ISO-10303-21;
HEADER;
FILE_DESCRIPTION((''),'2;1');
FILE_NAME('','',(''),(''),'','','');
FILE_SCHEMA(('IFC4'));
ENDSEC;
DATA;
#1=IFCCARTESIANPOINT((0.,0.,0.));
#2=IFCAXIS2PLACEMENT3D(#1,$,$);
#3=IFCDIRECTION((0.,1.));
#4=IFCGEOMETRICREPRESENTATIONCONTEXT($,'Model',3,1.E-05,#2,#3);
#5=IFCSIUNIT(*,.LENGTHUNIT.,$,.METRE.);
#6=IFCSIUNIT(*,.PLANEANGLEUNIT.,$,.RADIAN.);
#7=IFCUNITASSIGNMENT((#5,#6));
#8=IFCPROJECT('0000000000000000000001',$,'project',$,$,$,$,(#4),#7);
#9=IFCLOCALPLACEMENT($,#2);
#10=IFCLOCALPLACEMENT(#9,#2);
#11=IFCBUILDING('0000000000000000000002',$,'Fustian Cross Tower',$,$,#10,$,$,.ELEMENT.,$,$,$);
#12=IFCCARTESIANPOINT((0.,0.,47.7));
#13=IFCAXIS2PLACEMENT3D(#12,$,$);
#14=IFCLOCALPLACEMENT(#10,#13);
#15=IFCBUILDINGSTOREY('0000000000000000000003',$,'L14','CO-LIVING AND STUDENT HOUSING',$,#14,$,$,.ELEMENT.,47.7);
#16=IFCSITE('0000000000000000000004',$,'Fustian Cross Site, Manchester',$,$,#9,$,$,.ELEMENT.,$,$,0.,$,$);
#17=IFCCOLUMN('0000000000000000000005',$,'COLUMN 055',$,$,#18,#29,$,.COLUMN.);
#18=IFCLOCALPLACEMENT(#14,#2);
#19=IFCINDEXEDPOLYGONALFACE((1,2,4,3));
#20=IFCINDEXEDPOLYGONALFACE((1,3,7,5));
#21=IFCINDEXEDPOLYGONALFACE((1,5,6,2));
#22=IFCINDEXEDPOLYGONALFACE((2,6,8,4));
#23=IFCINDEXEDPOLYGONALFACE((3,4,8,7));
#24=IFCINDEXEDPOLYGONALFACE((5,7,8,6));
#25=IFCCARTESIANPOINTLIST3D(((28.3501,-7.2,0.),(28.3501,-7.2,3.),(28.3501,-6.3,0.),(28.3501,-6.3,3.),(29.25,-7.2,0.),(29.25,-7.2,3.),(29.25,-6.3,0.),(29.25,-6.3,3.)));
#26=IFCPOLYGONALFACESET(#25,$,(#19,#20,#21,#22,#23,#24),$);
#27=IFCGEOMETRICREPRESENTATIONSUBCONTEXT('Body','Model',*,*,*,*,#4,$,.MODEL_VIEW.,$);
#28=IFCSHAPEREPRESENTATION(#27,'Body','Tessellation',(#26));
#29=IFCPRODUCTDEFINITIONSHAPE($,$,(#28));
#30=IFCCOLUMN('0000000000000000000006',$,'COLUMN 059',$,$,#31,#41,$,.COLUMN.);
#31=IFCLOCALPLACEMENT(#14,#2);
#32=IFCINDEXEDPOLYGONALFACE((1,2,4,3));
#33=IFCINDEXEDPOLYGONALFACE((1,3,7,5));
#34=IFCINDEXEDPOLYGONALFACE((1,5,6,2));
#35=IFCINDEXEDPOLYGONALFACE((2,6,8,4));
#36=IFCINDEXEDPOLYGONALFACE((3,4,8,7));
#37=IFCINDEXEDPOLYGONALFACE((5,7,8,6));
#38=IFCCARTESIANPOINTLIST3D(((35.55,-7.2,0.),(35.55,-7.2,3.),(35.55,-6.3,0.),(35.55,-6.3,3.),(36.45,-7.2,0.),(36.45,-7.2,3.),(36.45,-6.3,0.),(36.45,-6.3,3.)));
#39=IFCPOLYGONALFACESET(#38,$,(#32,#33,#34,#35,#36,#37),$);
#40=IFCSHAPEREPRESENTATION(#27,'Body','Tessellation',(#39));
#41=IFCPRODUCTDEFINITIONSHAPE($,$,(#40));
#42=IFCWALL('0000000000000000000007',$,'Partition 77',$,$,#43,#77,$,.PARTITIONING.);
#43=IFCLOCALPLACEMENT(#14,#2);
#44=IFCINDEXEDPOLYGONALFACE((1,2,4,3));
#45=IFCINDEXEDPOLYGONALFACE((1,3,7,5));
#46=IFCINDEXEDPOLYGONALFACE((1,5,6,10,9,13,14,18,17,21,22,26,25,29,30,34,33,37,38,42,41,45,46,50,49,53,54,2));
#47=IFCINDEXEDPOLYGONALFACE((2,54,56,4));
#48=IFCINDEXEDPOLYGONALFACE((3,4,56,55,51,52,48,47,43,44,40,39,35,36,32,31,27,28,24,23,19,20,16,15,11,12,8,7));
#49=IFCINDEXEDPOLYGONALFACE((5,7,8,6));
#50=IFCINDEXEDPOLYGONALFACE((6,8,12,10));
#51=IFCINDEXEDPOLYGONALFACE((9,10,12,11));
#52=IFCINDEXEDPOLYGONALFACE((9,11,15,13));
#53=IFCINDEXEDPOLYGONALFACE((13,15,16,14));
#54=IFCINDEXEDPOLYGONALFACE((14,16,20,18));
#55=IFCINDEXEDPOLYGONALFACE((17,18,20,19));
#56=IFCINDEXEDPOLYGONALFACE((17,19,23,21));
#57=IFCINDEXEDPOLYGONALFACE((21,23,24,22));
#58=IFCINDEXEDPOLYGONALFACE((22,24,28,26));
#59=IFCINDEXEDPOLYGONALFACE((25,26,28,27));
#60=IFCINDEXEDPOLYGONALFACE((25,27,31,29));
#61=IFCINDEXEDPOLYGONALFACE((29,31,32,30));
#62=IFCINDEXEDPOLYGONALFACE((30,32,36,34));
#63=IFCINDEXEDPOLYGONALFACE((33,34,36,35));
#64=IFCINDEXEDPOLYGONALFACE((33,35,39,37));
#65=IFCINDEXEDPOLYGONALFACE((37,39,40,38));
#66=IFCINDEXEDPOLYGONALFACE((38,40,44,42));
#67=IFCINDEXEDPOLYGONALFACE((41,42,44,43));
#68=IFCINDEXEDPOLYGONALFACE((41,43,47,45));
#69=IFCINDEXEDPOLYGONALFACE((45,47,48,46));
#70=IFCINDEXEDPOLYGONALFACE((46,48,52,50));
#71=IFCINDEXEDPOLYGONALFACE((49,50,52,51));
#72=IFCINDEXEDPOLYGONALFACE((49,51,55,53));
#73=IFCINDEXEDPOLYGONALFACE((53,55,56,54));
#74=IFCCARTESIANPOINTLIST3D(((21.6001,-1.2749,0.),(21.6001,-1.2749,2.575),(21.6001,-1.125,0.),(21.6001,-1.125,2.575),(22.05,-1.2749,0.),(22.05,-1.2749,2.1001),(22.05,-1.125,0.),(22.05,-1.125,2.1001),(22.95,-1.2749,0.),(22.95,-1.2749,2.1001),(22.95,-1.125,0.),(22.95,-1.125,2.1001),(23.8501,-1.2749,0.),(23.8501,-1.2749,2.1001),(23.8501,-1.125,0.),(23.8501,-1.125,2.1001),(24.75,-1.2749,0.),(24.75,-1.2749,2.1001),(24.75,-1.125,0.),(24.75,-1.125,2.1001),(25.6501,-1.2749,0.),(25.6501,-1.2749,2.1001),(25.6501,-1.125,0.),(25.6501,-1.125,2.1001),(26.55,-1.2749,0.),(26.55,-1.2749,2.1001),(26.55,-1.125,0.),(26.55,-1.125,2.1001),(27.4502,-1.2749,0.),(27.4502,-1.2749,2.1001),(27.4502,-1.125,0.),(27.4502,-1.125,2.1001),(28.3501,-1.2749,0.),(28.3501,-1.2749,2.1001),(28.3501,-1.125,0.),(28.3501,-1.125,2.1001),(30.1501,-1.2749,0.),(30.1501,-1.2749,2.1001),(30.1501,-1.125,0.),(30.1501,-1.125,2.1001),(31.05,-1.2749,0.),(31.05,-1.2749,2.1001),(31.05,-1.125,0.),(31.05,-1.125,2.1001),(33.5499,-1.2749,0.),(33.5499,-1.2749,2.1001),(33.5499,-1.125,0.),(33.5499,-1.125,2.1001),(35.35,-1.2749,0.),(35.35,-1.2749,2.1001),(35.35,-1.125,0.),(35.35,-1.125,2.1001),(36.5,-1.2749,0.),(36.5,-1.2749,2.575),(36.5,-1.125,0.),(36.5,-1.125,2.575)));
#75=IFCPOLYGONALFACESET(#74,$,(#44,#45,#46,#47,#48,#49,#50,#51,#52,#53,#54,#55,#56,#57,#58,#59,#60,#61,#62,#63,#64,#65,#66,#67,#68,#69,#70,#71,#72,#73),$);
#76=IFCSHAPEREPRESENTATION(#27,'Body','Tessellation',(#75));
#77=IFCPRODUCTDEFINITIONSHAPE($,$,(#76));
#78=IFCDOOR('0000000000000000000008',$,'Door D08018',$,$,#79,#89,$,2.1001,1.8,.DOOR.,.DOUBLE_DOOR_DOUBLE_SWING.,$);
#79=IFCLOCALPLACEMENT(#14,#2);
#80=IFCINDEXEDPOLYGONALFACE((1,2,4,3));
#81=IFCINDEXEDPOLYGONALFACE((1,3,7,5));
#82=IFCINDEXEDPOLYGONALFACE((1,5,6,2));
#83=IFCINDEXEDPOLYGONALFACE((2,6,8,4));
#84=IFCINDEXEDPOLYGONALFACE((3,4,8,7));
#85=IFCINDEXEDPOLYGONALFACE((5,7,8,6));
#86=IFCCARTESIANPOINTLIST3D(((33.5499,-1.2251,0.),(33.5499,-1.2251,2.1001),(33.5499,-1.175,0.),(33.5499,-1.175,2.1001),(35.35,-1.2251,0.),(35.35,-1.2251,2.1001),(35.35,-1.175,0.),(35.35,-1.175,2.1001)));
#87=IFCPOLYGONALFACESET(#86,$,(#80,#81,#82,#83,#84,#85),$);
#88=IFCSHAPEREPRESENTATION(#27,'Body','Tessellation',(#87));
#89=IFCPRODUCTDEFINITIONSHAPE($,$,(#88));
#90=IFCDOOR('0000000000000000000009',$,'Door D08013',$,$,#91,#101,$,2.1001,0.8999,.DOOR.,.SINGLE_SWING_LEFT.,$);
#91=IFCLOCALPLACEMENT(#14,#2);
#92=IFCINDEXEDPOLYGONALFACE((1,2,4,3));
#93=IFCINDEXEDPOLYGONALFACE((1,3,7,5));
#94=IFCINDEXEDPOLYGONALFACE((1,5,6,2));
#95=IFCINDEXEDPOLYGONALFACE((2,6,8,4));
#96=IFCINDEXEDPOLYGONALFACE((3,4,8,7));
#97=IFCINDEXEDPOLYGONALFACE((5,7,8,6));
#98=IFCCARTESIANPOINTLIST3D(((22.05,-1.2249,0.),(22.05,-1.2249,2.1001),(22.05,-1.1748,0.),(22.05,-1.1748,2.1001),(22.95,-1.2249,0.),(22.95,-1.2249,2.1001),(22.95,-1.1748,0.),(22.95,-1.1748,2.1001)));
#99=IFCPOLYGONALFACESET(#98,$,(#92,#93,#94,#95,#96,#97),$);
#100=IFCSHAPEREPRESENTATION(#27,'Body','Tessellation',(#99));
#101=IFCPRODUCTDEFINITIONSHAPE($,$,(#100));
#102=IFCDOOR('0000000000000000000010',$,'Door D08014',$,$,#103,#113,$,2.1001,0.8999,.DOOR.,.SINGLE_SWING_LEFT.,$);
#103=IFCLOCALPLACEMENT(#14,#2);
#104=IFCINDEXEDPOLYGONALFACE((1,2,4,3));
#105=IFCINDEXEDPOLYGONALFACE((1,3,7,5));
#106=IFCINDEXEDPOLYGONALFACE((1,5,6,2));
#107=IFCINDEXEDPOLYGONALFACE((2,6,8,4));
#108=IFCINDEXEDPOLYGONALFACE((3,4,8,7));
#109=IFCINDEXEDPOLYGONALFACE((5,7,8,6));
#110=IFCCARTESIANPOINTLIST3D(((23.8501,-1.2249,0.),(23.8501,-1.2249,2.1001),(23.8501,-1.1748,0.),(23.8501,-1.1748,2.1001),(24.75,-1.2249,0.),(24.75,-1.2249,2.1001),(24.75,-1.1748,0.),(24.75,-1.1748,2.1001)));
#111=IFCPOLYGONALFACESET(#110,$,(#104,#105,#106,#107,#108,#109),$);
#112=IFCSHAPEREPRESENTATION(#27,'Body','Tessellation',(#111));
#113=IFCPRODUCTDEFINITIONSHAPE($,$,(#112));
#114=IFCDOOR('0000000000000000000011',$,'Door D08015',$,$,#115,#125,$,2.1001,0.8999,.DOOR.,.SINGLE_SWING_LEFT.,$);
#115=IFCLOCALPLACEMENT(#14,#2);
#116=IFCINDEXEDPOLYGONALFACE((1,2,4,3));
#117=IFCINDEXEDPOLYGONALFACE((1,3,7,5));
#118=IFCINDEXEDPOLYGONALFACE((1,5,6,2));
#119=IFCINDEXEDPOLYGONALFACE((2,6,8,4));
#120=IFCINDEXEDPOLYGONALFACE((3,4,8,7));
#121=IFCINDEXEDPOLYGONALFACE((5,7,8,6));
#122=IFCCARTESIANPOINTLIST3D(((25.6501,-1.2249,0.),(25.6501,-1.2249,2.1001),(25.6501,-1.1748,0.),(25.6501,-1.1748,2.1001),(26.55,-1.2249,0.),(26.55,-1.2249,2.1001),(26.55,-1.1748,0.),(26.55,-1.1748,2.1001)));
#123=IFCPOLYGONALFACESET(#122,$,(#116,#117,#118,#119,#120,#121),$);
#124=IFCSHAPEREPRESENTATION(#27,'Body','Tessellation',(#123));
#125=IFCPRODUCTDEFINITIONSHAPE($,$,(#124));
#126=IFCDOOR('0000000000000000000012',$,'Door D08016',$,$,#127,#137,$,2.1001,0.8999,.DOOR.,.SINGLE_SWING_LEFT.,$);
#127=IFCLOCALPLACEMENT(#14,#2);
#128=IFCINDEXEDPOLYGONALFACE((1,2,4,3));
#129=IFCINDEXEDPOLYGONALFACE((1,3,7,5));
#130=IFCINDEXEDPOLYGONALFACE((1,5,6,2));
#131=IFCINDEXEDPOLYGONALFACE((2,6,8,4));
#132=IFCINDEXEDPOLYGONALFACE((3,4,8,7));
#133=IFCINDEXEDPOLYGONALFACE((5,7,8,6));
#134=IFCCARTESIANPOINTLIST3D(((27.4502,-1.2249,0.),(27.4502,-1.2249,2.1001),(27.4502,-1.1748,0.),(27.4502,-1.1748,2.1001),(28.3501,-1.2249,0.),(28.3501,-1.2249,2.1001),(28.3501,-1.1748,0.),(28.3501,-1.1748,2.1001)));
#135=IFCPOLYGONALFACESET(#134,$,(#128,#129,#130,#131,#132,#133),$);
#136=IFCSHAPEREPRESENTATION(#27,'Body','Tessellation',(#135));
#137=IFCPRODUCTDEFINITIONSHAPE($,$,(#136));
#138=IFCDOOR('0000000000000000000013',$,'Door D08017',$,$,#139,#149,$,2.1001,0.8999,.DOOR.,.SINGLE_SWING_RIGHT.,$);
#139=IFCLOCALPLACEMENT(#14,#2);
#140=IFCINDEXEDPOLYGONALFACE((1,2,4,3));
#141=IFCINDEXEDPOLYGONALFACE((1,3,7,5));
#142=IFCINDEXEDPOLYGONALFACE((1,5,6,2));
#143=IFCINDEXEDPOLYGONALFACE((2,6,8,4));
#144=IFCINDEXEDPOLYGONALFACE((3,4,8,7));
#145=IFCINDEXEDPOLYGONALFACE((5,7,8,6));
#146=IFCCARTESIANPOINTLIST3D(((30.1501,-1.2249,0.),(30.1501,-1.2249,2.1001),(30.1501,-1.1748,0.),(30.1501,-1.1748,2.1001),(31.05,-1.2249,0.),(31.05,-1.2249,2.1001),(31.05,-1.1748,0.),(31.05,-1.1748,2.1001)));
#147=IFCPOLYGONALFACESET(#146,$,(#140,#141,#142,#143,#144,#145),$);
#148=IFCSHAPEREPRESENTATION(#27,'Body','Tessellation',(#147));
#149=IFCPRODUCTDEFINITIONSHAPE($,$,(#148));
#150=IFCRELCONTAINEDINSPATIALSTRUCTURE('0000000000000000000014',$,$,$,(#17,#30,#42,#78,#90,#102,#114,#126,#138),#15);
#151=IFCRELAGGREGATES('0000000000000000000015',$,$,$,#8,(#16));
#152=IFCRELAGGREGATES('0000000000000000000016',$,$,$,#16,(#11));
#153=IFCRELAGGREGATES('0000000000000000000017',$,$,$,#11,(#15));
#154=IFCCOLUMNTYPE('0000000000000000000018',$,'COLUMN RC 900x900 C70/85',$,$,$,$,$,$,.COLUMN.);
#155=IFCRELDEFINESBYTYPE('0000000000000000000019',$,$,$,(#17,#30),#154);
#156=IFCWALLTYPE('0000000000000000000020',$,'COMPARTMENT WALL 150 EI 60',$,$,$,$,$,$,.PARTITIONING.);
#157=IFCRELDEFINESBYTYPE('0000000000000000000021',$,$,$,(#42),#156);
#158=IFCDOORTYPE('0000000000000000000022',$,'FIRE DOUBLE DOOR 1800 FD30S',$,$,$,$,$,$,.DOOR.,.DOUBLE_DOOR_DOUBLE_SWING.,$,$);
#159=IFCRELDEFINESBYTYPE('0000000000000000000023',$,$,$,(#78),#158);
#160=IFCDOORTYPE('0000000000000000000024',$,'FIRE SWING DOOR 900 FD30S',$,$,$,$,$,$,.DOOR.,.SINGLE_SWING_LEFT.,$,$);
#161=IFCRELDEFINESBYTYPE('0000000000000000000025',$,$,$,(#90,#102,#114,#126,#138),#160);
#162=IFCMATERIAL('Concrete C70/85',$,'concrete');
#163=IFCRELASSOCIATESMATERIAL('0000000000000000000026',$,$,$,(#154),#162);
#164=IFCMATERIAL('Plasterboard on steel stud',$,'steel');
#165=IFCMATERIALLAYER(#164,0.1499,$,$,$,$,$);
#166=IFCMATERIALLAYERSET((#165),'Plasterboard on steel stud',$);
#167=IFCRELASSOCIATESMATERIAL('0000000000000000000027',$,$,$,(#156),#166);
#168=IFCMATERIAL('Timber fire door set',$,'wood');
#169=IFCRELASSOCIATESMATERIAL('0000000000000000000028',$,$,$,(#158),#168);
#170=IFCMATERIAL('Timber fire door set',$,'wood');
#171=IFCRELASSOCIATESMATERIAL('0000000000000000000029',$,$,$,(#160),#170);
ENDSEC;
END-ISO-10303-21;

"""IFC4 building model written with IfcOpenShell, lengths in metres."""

from ifc_helpers import new_model, si_unit, direction, frame, frame_2d, origin, origin_2d, place, context, subcontext, project, spatial, rectangle, extrude, material, layer, layer_set, material_profile, profile_set, type_object, element, fill, save


model = new_model("IFC4")

# Units and contexts
model_context = context("Model", 3, precision=1e-05, world=origin(), true_north=direction((0.0, 1.0)))
body_context = subcontext(model_context, "Body", "Model", "MODEL_VIEW")
ifc_project = project(units=[si_unit("LENGTHUNIT", "METRE"), si_unit("PLANEANGLEUNIT", "RADIAN")], contexts=[model_context])

# Site, building, storey
site_placement = place(None, origin())
site = spatial("IfcSite", under=ifc_project, at=site_placement, Name="Fustian Cross Site, Manchester", CompositionType="ELEMENT", RefElevation=0.0)
building_placement = place(site_placement, origin())
building = spatial("IfcBuilding", under=site, at=building_placement, Name="Fustian Cross Tower", CompositionType="ELEMENT")
storey_placement = place(building_placement, frame((0.0, 0.0, 47.7)))
storey = spatial("IfcBuildingStorey", under=building, at=storey_placement, Name="L14", Description="CO-LIVING AND STUDENT HOUSING", CompositionType="ELEMENT", Elevation=47.7)

# Columns
ifc_material_1 = material(Name="Concrete C70/85", Category="concrete")
ifc_material_profile = material_profile(ifc_material_1, rectangle(XDim=0.8999, YDim=0.8999, at=origin_2d()), Name="RC 900x900")
ifc_profile_set = profile_set([ifc_material_profile], Name="Concrete C70/85")
column_type = type_object("IfcColumnType", Name="COLUMN RC 900x900 C70/85", PredefinedType="COLUMN", material=ifc_profile_set)
for number, where, z_axis, x_axis, name in (
    (1, (28.8, -6.75, 0.0), (0.0, 0.0, 1.0), (1.0, 0.0, 0.0), "COLUMN 055"),
    (2, (36.0, -6.75, 0.0), (0.0, 0.0, 1.0), (1.0, 0.0, 0.0), "COLUMN 059"),
):
    element("IfcColumn", number, at=place(storey_placement, frame(where, z_axis=z_axis, x_axis=x_axis)), inside=storey, type_object=column_type, Name=name, PredefinedType="COLUMN", context=body_context, shape_type="SweptSolid", body=[
        extrude(rectangle(XDim=0.8999, YDim=0.8999, at=origin_2d()), origin(), (0.0, 0.0, 1.0), 3.0),
    ])

# Wall, openings, doors
ifc_material_2 = material(Name="Plasterboard on steel stud", Category="steel")
ifc_layer_1 = layer(ifc_material_2, 0.1499)
ifc_layer_set_1 = layer_set([ifc_layer_1], Name="Plasterboard on steel stud")
wall_type_1 = type_object("IfcWallType", Name="COMPARTMENT WALL 150 EI 60", PredefinedType="PARTITIONING", material=ifc_layer_set_1)
wall_1_placement = place(storey_placement, frame((21.6001, -1.2, 0.0), z_axis=(0.0, 0.0, 1.0), x_axis=(1.0, 0.0, 0.0)))
wall_1 = element("IfcWall", 3, at=wall_1_placement, inside=storey, type_object=wall_type_1, Name="Partition 77", PredefinedType="PARTITIONING", context=body_context, shape_type="SweptSolid", body=[
    extrude(rectangle(XDim=14.8999, YDim=0.1499, at=frame_2d((7.45, 0.0))), origin(), (0.0, 0.0, 1.0), 2.575),
])
opening_1_placement = place(wall_1_placement, frame((0.45, 0.0, 0.0)))
opening_1 = element("IfcOpeningElement", 4, at=opening_1_placement, cuts=wall_1, PredefinedType="OPENING", context=body_context, shape_type="SweptSolid", body=[
    extrude(rectangle(XDim=0.8999, YDim=2.1001, at=frame_2d((0.45, 1.05))), frame((0.0, 0.085, 0.0), z_axis=(0.0, -1.0, 0.0), x_axis=(1.0, 0.0, 0.0)), (0.0, 0.0, 1.0), 0.1699),
])
opening_2_placement = place(wall_1_placement, frame((2.25, 0.0, 0.0)))
opening_2 = element("IfcOpeningElement", 5, at=opening_2_placement, cuts=wall_1, PredefinedType="OPENING", context=body_context, shape_type="SweptSolid", body=[
    extrude(rectangle(XDim=0.8999, YDim=2.1001, at=frame_2d((0.45, 1.05))), frame((0.0, 0.085, 0.0), z_axis=(0.0, -1.0, 0.0), x_axis=(1.0, 0.0, 0.0)), (0.0, 0.0, 1.0), 0.1699),
])
opening_3_placement = place(wall_1_placement, frame((4.05, 0.0, 0.0)))
opening_3 = element("IfcOpeningElement", 6, at=opening_3_placement, cuts=wall_1, PredefinedType="OPENING", context=body_context, shape_type="SweptSolid", body=[
    extrude(rectangle(XDim=0.8999, YDim=2.1001, at=frame_2d((0.45, 1.05))), frame((0.0, 0.085, 0.0), z_axis=(0.0, -1.0, 0.0), x_axis=(1.0, 0.0, 0.0)), (0.0, 0.0, 1.0), 0.1699),
])
opening_4_placement = place(wall_1_placement, frame((5.8501, 0.0, 0.0)))
opening_4 = element("IfcOpeningElement", 7, at=opening_4_placement, cuts=wall_1, PredefinedType="OPENING", context=body_context, shape_type="SweptSolid", body=[
    extrude(rectangle(XDim=0.8999, YDim=2.1001, at=frame_2d((0.45, 1.05))), frame((0.0, 0.085, 0.0), z_axis=(0.0, -1.0, 0.0), x_axis=(1.0, 0.0, 0.0)), (0.0, 0.0, 1.0), 0.1699),
])
opening_5_placement = place(wall_1_placement, frame((8.55, 0.0, 0.0)))
opening_5 = element("IfcOpeningElement", 8, at=opening_5_placement, cuts=wall_1, PredefinedType="OPENING", context=body_context, shape_type="SweptSolid", body=[
    extrude(rectangle(XDim=0.8999, YDim=2.1001, at=frame_2d((0.45, 1.05))), frame((0.0, 0.085, 0.0), z_axis=(0.0, -1.0, 0.0), x_axis=(1.0, 0.0, 0.0)), (0.0, 0.0, 1.0), 0.1699),
])
opening_6_placement = place(wall_1_placement, frame((11.95, 0.0, 0.0)))
opening_6 = element("IfcOpeningElement", 9, at=opening_6_placement, cuts=wall_1, PredefinedType="OPENING", context=body_context, shape_type="SweptSolid", body=[
    extrude(rectangle(XDim=1.8, YDim=2.1001, at=frame_2d((0.8999, 1.05))), frame((0.0, 0.085, 0.0), z_axis=(0.0, -1.0, 0.0), x_axis=(1.0, 0.0, 0.0)), (0.0, 0.0, 1.0), 0.1699),
])
ifc_material_3 = material(Name="Timber fire door set", Category="wood")
door_type_1 = type_object("IfcDoorType", Name="FIRE DOUBLE DOOR 1800 FD30S", OperationType="DOUBLE_DOOR_DOUBLE_SWING", PredefinedType="DOOR", material=ifc_material_3)
door_1_placement = place(opening_6_placement, origin())
door_1 = element("IfcDoor", 10, at=door_1_placement, inside=storey, type_object=door_type_1, Name="Door D08018", OperationType="DOUBLE_DOOR_DOUBLE_SWING", OverallHeight=2.1001, OverallWidth=1.8, PredefinedType="DOOR", context=body_context, shape_type="SweptSolid", body=[
    extrude(rectangle(XDim=1.8, YDim=2.1001, at=frame_2d((0.8999, 1.05))), frame((0.0, 0.0249, 0.0), z_axis=(0.0, -1.0, 0.0), x_axis=(1.0, 0.0, 0.0)), (0.0, 0.0, 1.0), 0.05),
])
fill(opening_6, door_1)
ifc_material_4 = material(Name="Timber fire door set", Category="wood")
door_type_2 = type_object("IfcDoorType", Name="FIRE SWING DOOR 900 FD30S", OperationType="SINGLE_SWING_LEFT", PredefinedType="DOOR", material=ifc_material_4)
door_2_placement = place(opening_1_placement, frame((0.8999, 0.0, 0.0), z_axis=(0.0, 0.0, 1.0), x_axis=(-1.0, 0.0, 0.0)))
door_2 = element("IfcDoor", 11, at=door_2_placement, inside=storey, type_object=door_type_2, Name="Door D08013", OperationType="SINGLE_SWING_LEFT", OverallHeight=2.1001, OverallWidth=0.8999, PredefinedType="DOOR", context=body_context, shape_type="SweptSolid", body=[
    extrude(rectangle(XDim=0.8999, YDim=2.1001, at=frame_2d((0.45, 1.05))), frame((0.0, 0.0249, 0.0), z_axis=(0.0, -1.0, 0.0), x_axis=(1.0, 0.0, 0.0)), (0.0, 0.0, 1.0), 0.05),
])
fill(opening_1, door_2)
door_3_placement = place(opening_2_placement, frame((0.8999, 0.0, 0.0), z_axis=(0.0, 0.0, 1.0), x_axis=(-1.0, 0.0, 0.0)))
door_3 = element("IfcDoor", 12, at=door_3_placement, inside=storey, type_object=door_type_2, Name="Door D08014", OperationType="SINGLE_SWING_LEFT", OverallHeight=2.1001, OverallWidth=0.8999, PredefinedType="DOOR", context=body_context, shape_type="SweptSolid", body=[
    extrude(rectangle(XDim=0.8999, YDim=2.1001, at=frame_2d((0.45, 1.05))), frame((0.0, 0.0249, 0.0), z_axis=(0.0, -1.0, 0.0), x_axis=(1.0, 0.0, 0.0)), (0.0, 0.0, 1.0), 0.05),
])
fill(opening_2, door_3)
door_4_placement = place(opening_3_placement, frame((0.8999, 0.0, 0.0), z_axis=(0.0, 0.0, 1.0), x_axis=(-1.0, 0.0, 0.0)))
door_4 = element("IfcDoor", 13, at=door_4_placement, inside=storey, type_object=door_type_2, Name="Door D08015", OperationType="SINGLE_SWING_LEFT", OverallHeight=2.1001, OverallWidth=0.8999, PredefinedType="DOOR", context=body_context, shape_type="SweptSolid", body=[
    extrude(rectangle(XDim=0.8999, YDim=2.1001, at=frame_2d((0.45, 1.05))), frame((0.0, 0.0249, 0.0), z_axis=(0.0, -1.0, 0.0), x_axis=(1.0, 0.0, 0.0)), (0.0, 0.0, 1.0), 0.05),
])
fill(opening_3, door_4)
door_5_placement = place(opening_4_placement, frame((0.8999, 0.0, 0.0), z_axis=(0.0, 0.0, 1.0), x_axis=(-1.0, 0.0, 0.0)))
door_5 = element("IfcDoor", 14, at=door_5_placement, inside=storey, type_object=door_type_2, Name="Door D08016", OperationType="SINGLE_SWING_LEFT", OverallHeight=2.1001, OverallWidth=0.8999, PredefinedType="DOOR", context=body_context, shape_type="SweptSolid", body=[
    extrude(rectangle(XDim=0.8999, YDim=2.1001, at=frame_2d((0.45, 1.05))), frame((0.0, 0.0249, 0.0), z_axis=(0.0, -1.0, 0.0), x_axis=(1.0, 0.0, 0.0)), (0.0, 0.0, 1.0), 0.05),
])
fill(opening_4, door_5)
door_6_placement = place(opening_5_placement, frame((0.8999, 0.0, 0.0), z_axis=(0.0, 0.0, 1.0), x_axis=(-1.0, 0.0, 0.0)))
door_6 = element("IfcDoor", 15, at=door_6_placement, inside=storey, type_object=door_type_2, Name="Door D08017", OperationType="SINGLE_SWING_RIGHT", OverallHeight=2.1001, OverallWidth=0.8999, PredefinedType="DOOR", context=body_context, shape_type="SweptSolid", body=[
    extrude(rectangle(XDim=0.8999, YDim=2.1001, at=frame_2d((0.45, 1.05))), frame((0.0, 0.0249, 0.0), z_axis=(0.0, -1.0, 0.0), x_axis=(1.0, 0.0, 0.0)), (0.0, 0.0, 1.0), 0.05),
])
fill(opening_5, door_6)

save(model, "model.ifc")
